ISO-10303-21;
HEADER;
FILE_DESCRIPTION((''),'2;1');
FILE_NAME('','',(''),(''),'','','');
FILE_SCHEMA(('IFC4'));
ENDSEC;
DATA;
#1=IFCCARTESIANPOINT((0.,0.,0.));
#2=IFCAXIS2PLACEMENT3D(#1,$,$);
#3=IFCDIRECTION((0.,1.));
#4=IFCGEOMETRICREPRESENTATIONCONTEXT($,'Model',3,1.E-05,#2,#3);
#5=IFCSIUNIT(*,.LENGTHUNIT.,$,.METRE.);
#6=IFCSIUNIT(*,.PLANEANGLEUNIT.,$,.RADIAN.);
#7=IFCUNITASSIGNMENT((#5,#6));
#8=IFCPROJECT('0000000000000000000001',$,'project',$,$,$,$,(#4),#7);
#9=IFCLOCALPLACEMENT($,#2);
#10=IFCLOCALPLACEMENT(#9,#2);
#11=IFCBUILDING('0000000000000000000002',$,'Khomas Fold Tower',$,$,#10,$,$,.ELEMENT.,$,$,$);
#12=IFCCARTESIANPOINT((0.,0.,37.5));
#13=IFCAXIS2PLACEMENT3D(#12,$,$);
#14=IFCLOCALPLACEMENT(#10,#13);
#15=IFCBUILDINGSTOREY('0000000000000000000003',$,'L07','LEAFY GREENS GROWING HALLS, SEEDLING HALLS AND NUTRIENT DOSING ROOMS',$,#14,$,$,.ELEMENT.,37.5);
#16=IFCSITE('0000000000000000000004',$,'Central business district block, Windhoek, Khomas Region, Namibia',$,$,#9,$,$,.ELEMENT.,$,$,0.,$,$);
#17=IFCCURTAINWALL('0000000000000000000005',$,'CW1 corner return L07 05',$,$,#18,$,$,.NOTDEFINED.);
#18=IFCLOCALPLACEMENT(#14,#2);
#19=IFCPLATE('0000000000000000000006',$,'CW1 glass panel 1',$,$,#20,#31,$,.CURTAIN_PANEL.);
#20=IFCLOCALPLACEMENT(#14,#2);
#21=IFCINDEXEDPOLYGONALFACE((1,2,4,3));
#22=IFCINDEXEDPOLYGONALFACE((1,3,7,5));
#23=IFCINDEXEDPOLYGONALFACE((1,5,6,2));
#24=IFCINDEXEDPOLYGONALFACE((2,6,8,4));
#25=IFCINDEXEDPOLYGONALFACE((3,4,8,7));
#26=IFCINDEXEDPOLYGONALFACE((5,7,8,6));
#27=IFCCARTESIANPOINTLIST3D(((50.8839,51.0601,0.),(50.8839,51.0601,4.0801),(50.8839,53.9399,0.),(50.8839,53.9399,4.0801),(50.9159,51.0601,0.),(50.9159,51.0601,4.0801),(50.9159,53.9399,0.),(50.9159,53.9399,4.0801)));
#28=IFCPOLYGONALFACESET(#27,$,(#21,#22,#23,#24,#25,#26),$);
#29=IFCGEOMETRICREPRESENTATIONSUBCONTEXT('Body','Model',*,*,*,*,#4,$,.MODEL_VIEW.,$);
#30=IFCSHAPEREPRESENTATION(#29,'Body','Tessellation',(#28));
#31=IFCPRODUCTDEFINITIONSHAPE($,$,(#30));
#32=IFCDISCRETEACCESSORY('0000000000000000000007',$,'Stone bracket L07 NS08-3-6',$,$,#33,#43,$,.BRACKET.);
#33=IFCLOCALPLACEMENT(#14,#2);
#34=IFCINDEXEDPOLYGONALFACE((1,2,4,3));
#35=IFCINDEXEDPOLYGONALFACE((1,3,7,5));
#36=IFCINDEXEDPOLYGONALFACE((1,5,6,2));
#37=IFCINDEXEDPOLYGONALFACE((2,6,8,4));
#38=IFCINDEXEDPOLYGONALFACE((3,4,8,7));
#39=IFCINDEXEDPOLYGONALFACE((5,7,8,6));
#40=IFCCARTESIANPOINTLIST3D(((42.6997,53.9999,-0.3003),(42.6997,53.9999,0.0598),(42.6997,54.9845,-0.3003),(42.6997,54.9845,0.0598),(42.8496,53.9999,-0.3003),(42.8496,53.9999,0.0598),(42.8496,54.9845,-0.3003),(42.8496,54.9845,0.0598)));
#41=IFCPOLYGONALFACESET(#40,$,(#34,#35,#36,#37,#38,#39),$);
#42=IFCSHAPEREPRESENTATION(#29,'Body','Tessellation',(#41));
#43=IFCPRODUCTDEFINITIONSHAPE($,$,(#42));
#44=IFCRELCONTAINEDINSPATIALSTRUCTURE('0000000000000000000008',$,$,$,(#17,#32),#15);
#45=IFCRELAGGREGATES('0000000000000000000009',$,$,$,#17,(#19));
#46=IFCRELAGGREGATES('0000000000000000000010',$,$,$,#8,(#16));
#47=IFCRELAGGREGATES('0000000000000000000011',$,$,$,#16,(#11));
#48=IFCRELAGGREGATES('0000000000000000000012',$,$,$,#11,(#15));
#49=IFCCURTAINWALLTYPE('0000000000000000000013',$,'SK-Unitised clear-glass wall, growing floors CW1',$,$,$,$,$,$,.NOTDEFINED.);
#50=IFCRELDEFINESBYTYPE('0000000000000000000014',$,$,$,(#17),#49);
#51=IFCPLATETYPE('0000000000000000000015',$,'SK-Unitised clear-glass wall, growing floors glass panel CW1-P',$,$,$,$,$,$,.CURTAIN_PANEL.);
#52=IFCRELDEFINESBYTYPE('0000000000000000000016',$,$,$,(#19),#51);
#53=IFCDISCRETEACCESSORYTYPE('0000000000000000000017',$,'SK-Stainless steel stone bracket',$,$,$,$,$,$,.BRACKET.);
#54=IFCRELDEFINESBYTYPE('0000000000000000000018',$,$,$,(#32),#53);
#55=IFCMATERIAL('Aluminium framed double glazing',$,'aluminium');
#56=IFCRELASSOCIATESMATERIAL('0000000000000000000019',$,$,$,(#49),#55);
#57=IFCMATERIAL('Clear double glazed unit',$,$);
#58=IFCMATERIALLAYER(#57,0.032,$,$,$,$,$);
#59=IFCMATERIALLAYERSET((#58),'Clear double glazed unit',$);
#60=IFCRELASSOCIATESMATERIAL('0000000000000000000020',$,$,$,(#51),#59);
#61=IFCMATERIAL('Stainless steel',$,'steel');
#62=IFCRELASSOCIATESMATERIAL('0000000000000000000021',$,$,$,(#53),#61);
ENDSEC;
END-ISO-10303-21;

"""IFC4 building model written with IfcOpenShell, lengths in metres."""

from ifc_helpers import new_model, si_unit, direction, frame, origin, origin_2d, place, context, subcontext, project, spatial, rectangle, extrude, source, transform, mapped, material, layer, layer_set, type_object, element, aggregate, save


model = new_model("IFC4")

# Units and contexts
model_context = context("Model", 3, precision=1e-05, world=origin(), true_north=direction((0.0, 1.0)))
body_context = subcontext(model_context, "Body", "Model", "MODEL_VIEW")
ifc_project = project(units=[si_unit("LENGTHUNIT", "METRE"), si_unit("PLANEANGLEUNIT", "RADIAN")], contexts=[model_context])

# Site, building, storey
site_placement = place(None, origin())
site = spatial("IfcSite", under=ifc_project, at=site_placement, Name="Central business district block, Windhoek, Khomas Region, Namibia", CompositionType="ELEMENT", RefElevation=0.0)
building_placement = place(site_placement, origin())
building = spatial("IfcBuilding", under=site, at=building_placement, Name="Khomas Fold Tower", CompositionType="ELEMENT")
storey_placement = place(building_placement, frame((0.0, 0.0, 37.5)))
storey = spatial("IfcBuildingStorey", under=building, at=storey_placement, Name="L07", Description="LEAFY GREENS GROWING HALLS, SEEDLING HALLS AND NUTRIENT DOSING ROOMS", CompositionType="ELEMENT", Elevation=37.5)

# Shared definitions
ifc_material_1 = material(Name="Aluminium framed double glazing", Category="aluminium")
curtain_wall_type = type_object("IfcCurtainWallType", Name="SK-Unitised clear-glass wall, growing floors CW1", PredefinedType="NOTDEFINED", material=ifc_material_1)

# Curtain wall
curtain_wall_1_placement = place(storey_placement, origin())
curtain_wall_1 = element("IfcCurtainWall", 1, at=curtain_wall_1_placement, inside=storey, type_object=curtain_wall_type, Name="CW1 corner return L07 05", PredefinedType="NOTDEFINED")

# Plate
ifc_material_2 = material(Name="Clear double glazed unit")
ifc_layer = layer(ifc_material_2, 0.032)
ifc_layer_set = layer_set([ifc_layer], Name="Clear double glazed unit")
plate_type = type_object("IfcPlateType", Name="SK-Unitised clear-glass wall, growing floors glass panel CW1-P", PredefinedType="CURTAIN_PANEL", material=ifc_layer_set)
shared_shape_1 = source(origin(), body_context, "Body", "SweptSolid", [
    extrude(rectangle(XDim=2.8799, YDim=0.032, at=origin_2d()), origin(), (0.0, 0.0, 1.0), 4.0801),
])
plate_1_placement = place(storey_placement, frame((50.8999, 52.5, 0.0), z_axis=(0.0, 0.0, 1.0), x_axis=(0.0, 1.0, 0.0)))
plate_1 = element("IfcPlate", 2, at=plate_1_placement, type_object=plate_type, Name="CW1 glass panel 1", PredefinedType="CURTAIN_PANEL", context=body_context, shape_type="MappedRepresentation", body=[
    mapped(shared_shape_1, transform((0.0, 0.0, 0.0))),
])
aggregate(curtain_wall_1, [plate_1])

# Discrete accessory
ifc_material_3 = material(Name="Stainless steel", Category="steel")
discrete_accessory_type = type_object("IfcDiscreteAccessoryType", Name="SK-Stainless steel stone bracket", PredefinedType="BRACKET", material=ifc_material_3)
shared_shape_2 = source(origin(), body_context, "Body", "SweptSolid", [
    extrude(rectangle(XDim=0.9846, YDim=0.1499, at=origin_2d()), origin(), (0.0, 0.0, 1.0), 0.3601),
])
discrete_accessory_placement = place(storey_placement, frame((42.7747, 54.4922, -0.3003), z_axis=(0.0, 0.0, 1.0), x_axis=(0.0, 1.0, 0.0)))
element("IfcDiscreteAccessory", 3, at=discrete_accessory_placement, inside=storey, type_object=discrete_accessory_type, Name="Stone bracket L07 NS08-3-6", PredefinedType="BRACKET", context=body_context, shape_type="MappedRepresentation", body=[
    mapped(shared_shape_2, transform((0.0, 0.0, 0.0))),
])

save(model, "model.ifc")
